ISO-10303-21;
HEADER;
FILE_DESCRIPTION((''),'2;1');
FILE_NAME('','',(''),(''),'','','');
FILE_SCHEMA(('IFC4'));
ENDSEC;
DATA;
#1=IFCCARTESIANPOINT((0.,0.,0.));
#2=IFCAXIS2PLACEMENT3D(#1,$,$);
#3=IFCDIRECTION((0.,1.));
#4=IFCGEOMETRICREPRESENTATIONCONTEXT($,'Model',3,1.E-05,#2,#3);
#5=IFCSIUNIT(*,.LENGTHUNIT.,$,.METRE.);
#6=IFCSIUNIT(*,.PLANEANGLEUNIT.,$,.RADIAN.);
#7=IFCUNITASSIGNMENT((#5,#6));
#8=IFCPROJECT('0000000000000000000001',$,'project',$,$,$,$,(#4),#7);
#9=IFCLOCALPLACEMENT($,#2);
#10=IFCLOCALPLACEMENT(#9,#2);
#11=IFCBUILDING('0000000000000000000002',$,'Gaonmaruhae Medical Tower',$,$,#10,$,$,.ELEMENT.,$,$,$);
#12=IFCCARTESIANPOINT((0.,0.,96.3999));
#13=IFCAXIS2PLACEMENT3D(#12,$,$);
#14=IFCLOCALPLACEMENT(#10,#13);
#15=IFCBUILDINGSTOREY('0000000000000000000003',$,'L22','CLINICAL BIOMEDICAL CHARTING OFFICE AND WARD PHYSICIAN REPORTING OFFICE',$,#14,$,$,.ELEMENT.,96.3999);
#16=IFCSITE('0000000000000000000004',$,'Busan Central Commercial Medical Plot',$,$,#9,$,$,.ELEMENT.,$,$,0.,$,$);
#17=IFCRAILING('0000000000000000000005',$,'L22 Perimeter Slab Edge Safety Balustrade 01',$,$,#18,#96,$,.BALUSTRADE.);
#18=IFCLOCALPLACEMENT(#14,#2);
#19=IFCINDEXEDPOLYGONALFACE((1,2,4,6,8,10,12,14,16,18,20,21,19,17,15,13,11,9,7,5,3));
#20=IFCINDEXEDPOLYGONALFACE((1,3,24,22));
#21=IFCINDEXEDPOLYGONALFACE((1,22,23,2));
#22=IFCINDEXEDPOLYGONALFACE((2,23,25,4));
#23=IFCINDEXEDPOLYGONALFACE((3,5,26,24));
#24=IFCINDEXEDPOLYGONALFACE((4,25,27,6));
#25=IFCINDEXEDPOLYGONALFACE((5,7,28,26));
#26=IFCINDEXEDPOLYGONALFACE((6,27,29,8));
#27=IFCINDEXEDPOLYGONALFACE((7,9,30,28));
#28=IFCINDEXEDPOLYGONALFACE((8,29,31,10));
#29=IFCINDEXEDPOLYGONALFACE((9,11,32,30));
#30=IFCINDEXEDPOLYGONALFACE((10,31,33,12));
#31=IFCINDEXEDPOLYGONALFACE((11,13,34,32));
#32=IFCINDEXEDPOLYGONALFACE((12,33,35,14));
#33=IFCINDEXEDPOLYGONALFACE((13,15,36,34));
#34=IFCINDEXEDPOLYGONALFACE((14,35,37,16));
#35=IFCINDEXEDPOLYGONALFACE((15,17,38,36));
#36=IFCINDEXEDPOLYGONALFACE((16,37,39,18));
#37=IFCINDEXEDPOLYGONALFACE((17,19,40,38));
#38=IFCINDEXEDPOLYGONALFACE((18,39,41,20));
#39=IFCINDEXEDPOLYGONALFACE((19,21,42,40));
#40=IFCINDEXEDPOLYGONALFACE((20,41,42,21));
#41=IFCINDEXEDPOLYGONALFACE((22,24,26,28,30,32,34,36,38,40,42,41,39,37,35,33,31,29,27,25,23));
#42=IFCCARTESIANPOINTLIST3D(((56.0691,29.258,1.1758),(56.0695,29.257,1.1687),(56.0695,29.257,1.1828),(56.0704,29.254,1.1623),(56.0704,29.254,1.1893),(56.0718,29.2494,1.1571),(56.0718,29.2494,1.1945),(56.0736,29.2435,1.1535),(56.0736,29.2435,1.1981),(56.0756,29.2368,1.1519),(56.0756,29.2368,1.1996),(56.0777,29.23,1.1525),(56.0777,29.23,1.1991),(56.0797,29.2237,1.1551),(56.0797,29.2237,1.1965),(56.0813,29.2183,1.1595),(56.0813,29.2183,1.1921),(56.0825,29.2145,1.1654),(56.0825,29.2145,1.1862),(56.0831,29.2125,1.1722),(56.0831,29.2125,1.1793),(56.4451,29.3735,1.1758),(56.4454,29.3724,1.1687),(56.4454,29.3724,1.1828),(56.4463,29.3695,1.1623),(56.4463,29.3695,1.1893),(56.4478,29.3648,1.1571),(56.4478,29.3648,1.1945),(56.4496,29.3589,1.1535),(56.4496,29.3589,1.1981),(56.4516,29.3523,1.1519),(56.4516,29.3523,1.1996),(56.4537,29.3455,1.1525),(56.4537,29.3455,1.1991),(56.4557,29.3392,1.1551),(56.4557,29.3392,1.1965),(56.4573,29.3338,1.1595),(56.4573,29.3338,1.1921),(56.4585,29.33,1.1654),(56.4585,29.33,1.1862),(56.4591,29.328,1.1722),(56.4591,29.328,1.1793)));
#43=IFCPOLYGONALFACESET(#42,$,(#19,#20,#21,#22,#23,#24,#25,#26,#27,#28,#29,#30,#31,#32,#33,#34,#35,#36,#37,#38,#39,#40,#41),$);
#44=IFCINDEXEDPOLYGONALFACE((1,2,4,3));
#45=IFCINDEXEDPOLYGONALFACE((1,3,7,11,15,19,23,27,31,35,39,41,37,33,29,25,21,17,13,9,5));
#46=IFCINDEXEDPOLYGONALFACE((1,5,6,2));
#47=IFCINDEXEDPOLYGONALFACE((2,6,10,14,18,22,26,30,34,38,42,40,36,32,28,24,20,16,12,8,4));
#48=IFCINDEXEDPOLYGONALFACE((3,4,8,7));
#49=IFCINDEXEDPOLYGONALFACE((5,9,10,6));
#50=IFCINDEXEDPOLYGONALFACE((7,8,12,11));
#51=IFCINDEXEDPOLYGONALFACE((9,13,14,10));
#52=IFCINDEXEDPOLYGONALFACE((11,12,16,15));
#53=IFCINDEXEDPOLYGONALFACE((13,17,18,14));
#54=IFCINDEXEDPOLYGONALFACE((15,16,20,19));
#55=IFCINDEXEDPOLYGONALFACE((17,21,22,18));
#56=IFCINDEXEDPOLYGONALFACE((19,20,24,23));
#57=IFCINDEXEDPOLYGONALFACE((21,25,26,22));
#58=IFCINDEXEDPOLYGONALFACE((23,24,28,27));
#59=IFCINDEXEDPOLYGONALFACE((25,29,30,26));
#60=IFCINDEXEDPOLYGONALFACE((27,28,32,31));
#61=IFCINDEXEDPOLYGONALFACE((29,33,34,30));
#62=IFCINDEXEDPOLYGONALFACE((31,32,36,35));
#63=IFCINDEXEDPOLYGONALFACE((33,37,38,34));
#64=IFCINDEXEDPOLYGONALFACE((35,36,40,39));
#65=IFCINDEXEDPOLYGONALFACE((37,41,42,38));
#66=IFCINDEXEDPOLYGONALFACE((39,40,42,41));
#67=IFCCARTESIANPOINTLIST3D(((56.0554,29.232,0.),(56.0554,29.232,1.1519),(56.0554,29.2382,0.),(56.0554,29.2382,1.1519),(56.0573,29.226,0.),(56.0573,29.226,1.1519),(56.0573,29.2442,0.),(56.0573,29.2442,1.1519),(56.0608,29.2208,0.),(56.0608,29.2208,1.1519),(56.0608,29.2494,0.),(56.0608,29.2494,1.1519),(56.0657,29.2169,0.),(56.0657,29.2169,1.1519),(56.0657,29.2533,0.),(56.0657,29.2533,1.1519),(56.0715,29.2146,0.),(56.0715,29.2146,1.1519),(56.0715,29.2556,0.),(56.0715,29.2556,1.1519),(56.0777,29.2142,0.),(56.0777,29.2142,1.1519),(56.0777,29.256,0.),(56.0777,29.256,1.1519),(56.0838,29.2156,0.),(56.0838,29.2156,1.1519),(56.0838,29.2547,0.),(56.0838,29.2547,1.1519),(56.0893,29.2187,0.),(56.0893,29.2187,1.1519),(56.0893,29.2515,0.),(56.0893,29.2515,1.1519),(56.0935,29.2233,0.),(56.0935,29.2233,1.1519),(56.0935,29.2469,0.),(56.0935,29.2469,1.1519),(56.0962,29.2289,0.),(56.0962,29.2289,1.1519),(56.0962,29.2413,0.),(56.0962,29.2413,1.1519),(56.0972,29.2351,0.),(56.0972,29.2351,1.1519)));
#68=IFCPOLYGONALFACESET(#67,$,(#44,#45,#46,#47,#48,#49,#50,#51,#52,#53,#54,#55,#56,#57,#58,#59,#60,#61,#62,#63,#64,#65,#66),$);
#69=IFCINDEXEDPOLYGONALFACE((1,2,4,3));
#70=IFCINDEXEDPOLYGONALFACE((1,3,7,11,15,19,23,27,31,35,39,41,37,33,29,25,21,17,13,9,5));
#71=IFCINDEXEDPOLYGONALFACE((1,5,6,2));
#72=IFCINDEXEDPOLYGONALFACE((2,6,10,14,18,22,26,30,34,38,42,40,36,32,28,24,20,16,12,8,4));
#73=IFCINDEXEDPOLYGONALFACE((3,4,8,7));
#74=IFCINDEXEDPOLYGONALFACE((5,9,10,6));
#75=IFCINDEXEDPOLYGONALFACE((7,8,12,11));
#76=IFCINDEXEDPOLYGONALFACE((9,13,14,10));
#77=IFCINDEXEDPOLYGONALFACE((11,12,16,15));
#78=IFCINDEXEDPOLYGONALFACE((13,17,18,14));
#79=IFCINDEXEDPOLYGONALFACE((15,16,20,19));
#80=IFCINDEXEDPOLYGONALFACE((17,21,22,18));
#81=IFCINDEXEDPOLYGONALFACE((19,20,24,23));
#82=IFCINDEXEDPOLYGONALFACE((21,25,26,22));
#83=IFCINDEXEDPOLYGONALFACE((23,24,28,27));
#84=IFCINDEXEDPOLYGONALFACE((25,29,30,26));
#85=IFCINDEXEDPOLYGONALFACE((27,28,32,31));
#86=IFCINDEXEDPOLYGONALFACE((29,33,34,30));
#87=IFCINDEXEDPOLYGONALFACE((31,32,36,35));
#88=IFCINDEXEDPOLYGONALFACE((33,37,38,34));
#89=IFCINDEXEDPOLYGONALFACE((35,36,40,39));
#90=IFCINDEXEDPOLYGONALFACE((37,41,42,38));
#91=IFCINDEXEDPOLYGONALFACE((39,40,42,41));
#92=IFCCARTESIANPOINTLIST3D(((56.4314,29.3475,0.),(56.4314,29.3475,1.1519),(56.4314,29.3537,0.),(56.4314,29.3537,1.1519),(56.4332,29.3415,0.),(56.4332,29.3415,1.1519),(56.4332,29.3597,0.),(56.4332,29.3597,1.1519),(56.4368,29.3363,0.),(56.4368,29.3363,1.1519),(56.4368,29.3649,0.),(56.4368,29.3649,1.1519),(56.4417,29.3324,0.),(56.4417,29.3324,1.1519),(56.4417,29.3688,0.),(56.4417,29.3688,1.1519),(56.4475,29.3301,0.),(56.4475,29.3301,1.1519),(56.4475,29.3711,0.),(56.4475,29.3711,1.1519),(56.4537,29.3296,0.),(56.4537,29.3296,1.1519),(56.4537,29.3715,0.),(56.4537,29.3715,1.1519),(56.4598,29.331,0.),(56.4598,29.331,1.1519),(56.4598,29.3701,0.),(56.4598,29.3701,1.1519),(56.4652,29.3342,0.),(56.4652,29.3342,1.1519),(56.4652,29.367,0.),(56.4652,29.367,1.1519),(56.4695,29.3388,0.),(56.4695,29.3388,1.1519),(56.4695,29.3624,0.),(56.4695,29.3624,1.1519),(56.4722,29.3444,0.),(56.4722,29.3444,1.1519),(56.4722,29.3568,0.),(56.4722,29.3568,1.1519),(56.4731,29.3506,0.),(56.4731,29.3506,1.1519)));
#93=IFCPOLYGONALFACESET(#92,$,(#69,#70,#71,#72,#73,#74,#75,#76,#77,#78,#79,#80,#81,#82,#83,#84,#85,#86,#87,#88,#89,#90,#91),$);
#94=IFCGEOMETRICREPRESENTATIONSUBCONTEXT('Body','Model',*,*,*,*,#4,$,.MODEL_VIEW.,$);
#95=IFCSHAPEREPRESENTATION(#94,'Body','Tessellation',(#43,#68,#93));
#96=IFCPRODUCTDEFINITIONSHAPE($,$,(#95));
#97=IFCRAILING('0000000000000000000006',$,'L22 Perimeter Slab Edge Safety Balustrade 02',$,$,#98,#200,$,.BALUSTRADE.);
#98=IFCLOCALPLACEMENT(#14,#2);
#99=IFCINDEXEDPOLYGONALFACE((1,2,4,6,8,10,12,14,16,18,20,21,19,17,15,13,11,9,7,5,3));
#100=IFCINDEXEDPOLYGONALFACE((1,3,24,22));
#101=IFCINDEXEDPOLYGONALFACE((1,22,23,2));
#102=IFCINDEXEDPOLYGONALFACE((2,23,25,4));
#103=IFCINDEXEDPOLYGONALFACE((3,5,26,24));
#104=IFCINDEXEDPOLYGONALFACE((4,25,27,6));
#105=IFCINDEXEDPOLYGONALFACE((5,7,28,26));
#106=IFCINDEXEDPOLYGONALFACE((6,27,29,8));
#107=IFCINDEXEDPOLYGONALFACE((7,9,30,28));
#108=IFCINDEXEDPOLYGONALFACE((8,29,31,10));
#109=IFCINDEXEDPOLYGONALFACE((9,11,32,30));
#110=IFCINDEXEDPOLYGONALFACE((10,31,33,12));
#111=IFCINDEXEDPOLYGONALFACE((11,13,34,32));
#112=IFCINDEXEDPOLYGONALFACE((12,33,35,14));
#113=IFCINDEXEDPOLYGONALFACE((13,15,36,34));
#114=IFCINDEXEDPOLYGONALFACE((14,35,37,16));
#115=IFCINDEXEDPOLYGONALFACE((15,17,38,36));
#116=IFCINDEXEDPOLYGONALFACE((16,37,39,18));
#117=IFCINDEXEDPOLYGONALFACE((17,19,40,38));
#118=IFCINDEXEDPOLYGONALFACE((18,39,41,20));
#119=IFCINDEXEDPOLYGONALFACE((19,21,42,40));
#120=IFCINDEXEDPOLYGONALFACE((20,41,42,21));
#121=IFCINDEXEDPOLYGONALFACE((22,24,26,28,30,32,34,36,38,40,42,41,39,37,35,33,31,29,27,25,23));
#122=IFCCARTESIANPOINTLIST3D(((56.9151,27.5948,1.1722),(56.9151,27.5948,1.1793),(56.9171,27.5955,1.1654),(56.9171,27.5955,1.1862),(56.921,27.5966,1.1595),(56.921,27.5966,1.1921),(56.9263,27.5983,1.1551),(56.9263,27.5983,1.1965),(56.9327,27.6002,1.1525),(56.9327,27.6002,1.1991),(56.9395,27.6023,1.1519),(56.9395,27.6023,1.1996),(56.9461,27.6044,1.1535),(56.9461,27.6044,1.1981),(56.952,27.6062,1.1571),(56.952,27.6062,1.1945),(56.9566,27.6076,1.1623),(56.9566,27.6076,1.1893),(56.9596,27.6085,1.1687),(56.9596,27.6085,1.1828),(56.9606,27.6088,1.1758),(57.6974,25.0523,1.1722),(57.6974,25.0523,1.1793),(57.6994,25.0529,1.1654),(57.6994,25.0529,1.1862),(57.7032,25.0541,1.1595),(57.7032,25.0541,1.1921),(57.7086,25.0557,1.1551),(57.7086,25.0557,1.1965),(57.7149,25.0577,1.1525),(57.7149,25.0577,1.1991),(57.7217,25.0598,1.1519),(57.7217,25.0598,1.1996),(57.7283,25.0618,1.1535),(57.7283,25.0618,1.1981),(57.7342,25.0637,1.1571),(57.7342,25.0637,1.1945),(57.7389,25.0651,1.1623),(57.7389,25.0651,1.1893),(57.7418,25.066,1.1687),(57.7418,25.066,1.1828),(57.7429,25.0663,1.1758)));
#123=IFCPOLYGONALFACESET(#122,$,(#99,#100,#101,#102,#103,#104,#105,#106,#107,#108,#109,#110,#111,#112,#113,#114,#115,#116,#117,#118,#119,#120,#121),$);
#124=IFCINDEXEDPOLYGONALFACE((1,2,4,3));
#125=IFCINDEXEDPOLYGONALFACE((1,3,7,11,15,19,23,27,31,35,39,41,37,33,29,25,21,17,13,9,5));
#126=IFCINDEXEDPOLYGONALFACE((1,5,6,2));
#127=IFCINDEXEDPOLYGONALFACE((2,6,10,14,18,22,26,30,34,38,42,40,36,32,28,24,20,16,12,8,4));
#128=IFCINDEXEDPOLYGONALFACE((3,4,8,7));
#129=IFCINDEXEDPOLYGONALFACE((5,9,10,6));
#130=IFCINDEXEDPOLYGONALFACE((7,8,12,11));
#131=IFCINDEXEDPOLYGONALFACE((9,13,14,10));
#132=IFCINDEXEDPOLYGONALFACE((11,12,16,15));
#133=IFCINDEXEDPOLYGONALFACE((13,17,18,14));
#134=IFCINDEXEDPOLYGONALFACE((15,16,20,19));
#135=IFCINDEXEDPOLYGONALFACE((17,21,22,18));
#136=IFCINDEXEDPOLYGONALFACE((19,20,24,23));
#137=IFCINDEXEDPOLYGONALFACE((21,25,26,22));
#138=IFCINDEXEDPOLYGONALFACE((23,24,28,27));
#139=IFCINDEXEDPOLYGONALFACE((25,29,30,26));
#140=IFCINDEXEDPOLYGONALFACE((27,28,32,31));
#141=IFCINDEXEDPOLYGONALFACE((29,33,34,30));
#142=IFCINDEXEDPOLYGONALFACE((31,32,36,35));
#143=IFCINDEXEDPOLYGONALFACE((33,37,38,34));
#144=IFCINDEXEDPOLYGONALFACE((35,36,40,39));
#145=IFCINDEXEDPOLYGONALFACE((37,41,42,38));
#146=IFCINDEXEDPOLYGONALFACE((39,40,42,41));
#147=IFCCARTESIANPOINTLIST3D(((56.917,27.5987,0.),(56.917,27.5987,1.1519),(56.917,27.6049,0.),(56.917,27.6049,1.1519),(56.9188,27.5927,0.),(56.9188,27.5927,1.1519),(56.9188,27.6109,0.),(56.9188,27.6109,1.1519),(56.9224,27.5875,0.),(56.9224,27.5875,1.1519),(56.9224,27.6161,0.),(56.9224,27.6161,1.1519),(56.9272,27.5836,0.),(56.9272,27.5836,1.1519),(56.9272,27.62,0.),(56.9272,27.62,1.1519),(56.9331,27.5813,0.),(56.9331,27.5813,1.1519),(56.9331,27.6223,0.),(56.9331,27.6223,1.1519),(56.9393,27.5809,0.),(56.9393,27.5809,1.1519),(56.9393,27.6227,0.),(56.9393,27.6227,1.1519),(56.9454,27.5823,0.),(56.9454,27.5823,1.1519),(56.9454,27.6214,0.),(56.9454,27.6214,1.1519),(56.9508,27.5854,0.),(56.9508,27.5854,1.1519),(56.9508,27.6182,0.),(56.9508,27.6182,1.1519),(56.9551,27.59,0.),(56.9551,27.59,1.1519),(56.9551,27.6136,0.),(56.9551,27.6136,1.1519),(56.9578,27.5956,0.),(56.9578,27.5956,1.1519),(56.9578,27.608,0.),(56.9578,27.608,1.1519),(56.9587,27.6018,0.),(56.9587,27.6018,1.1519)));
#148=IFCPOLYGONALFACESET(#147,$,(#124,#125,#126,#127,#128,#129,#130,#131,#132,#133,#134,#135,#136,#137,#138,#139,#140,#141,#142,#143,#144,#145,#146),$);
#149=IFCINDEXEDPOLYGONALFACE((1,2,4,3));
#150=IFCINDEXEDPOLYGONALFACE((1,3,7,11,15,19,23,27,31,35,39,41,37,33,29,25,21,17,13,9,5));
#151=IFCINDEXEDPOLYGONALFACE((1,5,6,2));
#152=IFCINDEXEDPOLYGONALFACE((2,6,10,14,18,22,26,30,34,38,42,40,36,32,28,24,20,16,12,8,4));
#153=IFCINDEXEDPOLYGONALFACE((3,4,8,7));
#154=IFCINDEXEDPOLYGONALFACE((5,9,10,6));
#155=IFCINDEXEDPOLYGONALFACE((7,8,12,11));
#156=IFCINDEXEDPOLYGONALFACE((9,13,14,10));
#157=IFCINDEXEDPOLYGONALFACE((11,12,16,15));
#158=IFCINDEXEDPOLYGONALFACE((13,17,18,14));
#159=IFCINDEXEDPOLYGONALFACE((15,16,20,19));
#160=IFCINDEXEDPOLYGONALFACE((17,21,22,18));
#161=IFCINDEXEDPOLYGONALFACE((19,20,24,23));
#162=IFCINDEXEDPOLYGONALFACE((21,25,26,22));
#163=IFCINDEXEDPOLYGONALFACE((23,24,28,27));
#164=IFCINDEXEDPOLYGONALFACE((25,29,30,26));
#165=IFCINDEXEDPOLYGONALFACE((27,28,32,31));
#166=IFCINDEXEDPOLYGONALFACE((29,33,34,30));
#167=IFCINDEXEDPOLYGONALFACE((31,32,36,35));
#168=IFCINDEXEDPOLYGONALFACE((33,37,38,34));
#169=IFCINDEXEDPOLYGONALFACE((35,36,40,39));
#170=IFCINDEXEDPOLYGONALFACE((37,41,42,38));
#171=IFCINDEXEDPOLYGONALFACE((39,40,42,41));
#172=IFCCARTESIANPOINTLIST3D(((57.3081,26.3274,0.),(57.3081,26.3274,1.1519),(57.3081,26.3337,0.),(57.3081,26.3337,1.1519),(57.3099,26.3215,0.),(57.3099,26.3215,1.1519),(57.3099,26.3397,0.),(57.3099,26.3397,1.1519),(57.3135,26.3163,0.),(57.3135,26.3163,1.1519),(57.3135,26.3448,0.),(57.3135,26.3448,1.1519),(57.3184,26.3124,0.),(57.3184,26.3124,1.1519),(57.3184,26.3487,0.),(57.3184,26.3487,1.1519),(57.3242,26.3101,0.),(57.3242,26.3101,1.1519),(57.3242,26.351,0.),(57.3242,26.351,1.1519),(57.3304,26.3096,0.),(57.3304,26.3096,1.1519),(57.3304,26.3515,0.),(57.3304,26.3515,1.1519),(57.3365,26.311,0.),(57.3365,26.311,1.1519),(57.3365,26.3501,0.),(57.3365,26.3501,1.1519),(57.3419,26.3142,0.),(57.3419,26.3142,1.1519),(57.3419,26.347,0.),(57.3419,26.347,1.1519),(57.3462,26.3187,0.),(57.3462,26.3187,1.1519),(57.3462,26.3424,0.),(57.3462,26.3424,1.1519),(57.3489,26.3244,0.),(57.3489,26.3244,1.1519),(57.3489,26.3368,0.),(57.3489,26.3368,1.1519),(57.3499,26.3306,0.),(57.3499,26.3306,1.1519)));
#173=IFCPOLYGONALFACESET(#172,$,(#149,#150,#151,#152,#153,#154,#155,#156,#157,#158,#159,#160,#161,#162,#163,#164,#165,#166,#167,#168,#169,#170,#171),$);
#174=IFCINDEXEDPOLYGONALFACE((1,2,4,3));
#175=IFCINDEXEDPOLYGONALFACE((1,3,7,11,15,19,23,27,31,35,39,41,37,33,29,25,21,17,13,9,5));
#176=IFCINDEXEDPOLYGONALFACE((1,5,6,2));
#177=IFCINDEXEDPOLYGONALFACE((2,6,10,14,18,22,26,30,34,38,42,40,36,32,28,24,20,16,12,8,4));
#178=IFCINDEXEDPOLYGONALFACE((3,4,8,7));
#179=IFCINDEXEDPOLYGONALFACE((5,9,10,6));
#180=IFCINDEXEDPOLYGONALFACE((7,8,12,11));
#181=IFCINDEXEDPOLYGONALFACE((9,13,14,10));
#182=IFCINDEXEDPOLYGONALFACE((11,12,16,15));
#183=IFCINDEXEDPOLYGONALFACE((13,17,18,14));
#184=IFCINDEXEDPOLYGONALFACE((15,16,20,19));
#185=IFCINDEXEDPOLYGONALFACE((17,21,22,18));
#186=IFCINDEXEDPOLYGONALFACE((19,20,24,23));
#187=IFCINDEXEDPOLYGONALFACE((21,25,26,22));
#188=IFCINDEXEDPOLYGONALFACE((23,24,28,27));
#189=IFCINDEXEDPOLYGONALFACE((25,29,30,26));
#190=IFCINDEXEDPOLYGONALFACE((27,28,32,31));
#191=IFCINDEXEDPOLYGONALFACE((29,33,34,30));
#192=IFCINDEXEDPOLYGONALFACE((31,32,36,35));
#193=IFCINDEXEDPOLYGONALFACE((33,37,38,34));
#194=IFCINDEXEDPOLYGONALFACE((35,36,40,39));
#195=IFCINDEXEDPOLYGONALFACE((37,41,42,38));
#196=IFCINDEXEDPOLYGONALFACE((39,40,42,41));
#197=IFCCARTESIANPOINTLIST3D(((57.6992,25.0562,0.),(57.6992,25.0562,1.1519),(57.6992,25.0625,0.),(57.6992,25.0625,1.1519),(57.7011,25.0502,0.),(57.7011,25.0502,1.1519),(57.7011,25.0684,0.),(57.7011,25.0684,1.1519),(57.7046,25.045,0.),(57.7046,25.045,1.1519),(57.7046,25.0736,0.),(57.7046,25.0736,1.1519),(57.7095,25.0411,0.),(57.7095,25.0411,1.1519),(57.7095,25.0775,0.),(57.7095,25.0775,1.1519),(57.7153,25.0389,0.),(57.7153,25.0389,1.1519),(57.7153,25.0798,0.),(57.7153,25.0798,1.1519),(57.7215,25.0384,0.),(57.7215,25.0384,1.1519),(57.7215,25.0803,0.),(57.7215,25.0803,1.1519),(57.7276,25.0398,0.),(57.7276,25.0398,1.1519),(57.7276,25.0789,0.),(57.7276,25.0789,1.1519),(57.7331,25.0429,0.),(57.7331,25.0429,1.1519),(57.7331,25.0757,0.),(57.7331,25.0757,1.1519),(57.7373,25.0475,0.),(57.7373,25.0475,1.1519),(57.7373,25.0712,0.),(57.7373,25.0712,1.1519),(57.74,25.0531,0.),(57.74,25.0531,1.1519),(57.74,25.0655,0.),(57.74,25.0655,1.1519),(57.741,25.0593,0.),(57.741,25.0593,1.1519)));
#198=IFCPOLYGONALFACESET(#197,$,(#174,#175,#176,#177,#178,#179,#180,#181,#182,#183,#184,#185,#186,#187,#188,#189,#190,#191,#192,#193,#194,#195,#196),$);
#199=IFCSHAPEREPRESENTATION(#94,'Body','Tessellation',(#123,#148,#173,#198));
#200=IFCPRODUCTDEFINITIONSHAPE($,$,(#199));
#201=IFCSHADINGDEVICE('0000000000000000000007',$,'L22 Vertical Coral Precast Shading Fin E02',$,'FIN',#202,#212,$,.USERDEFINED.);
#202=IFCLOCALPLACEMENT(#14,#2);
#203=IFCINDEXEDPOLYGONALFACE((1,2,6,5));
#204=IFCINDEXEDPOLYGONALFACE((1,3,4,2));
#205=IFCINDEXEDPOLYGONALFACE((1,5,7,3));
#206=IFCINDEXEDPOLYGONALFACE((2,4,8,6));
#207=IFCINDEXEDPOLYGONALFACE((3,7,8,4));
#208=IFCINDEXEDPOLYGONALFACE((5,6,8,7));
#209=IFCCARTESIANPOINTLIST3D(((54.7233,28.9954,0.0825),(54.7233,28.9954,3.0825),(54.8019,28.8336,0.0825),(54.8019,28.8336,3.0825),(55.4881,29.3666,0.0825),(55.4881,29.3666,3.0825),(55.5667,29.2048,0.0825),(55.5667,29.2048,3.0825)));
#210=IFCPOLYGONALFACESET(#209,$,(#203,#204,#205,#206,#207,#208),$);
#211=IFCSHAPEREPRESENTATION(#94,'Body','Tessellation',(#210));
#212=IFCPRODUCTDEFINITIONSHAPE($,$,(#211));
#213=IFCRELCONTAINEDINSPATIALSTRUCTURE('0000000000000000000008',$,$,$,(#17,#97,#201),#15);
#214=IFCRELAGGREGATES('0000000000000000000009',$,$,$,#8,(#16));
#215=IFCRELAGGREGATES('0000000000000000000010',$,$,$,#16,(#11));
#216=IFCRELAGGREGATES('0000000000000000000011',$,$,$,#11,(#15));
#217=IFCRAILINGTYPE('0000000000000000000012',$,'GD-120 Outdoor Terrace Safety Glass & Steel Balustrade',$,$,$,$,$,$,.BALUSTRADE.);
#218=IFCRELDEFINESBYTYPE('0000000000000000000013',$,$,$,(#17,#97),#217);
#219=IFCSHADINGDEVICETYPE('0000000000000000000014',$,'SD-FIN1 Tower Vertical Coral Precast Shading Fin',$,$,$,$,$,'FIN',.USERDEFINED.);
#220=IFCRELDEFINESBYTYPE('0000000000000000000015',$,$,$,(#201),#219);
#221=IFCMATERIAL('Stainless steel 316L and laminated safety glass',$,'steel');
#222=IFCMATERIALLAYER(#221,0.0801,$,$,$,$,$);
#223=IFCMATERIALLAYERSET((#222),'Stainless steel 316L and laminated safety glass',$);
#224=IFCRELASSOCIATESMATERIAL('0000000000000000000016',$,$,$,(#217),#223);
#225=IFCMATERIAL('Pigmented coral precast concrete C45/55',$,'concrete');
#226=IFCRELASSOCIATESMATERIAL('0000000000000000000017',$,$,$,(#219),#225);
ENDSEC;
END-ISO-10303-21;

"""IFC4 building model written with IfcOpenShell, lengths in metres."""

from ifc_helpers import new_model, si_unit, direction, frame, origin, origin_2d, place, context, subcontext, project, spatial, rectangle, circle, extrude, material, layer, layer_set, type_object, element, save


model = new_model("IFC4")

# Units and contexts
model_context = context("Model", 3, precision=1e-05, world=origin(), true_north=direction((0.0, 1.0)))
body_context = subcontext(model_context, "Body", "Model", "MODEL_VIEW")
ifc_project = project(units=[si_unit("LENGTHUNIT", "METRE"), si_unit("PLANEANGLEUNIT", "RADIAN")], contexts=[model_context])

# Site, building, storey
site_placement = place(None, origin())
site = spatial("IfcSite", under=ifc_project, at=site_placement, Name="Busan Central Commercial Medical Plot", CompositionType="ELEMENT", RefElevation=0.0)
building_placement = place(site_placement, origin())
building = spatial("IfcBuilding", under=site, at=building_placement, Name="Gaonmaruhae Medical Tower", CompositionType="ELEMENT")
storey_placement = place(building_placement, frame((0.0, 0.0, 96.3999)))
storey = spatial("IfcBuildingStorey", under=building, at=storey_placement, Name="L22", Description="CLINICAL BIOMEDICAL CHARTING OFFICE AND WARD PHYSICIAN REPORTING OFFICE", CompositionType="ELEMENT", Elevation=96.3999)

# Railings
ifc_material_1 = material(Name="Stainless steel 316L and laminated safety glass", Category="steel")
ifc_layer_1 = layer(ifc_material_1, 0.0801)
ifc_layer_set_1 = layer_set([ifc_layer_1], Name="Stainless steel 316L and laminated safety glass")
railing_type = type_object("IfcRailingType", Name="GD-120 Outdoor Terrace Safety Glass & Steel Balustrade", PredefinedType="BALUSTRADE", material=ifc_layer_set_1)
railing_1_placement = place(storey_placement, frame((56.0762, 29.2351, 0.0)))
element("IfcRailing", 1, at=railing_1_placement, inside=storey, type_object=railing_type, Name="L22 Perimeter Slab Edge Safety Balustrade 01", PredefinedType="BALUSTRADE", context=body_context, shape_type="SweptSolid", body=[
    extrude(circle(Radius=0.0239, at=origin_2d()), frame((0.0, 0.0, 1.1758), z_axis=(0.955927, 0.293606, 0.0), x_axis=(-0.293606, 0.955927, 0.0)), (0.0, 0.0, 1.0), 0.3933),
    extrude(circle(Radius=0.021, at=origin_2d()), origin(), (0.0, 0.0, 1.0), 1.1519),
    extrude(circle(Radius=0.021, at=origin_2d()), frame((0.376, 0.1155, 0.0)), (0.0, 0.0, 1.0), 1.1519),
])
railing_2_placement = place(storey_placement, frame((56.9377, 27.6018, 0.0)))
element("IfcRailing", 2, at=railing_2_placement, inside=storey, type_object=railing_type, Name="L22 Perimeter Slab Edge Safety Balustrade 02", PredefinedType="BALUSTRADE", context=body_context, shape_type="SweptSolid", body=[
    extrude(circle(Radius=0.0239, at=origin_2d()), frame((0.0, 0.0, 1.1758), z_axis=(0.29406, -0.955787, 0.0), x_axis=(0.955787, 0.29406, 0.0)), (0.0, 0.0, 1.0), 2.6602),
    extrude(circle(Radius=0.021, at=origin_2d()), origin(), (0.0, 0.0, 1.0), 1.1519),
    extrude(circle(Radius=0.021, at=origin_2d()), frame((0.3911, -1.2712, 0.0)), (0.0, 0.0, 1.0), 1.1519),
    extrude(circle(Radius=0.021, at=origin_2d()), frame((0.7822, -2.5425, 0.0)), (0.0, 0.0, 1.0), 1.1519),
])

# Shading device
ifc_material_2 = material(Name="Pigmented coral precast concrete C45/55", Category="concrete")
shading_device_type = type_object("IfcShadingDeviceType", Name="SD-FIN1 Tower Vertical Coral Precast Shading Fin", ElementType="FIN", PredefinedType="USERDEFINED", material=ifc_material_2)
for number, where, z_axis, x_axis, name in (
    (3, (55.145, 29.1001, 0.0825), (0.0, 0.0, 1.0), (0.43666, -0.899626, 0.0), "L22 Vertical Coral Precast Shading Fin E02"),
):
    element("IfcShadingDevice", number, at=place(storey_placement, frame(where, z_axis=z_axis, x_axis=x_axis)), inside=storey, type_object=shading_device_type, Name=name, ObjectType="FIN", PredefinedType="USERDEFINED", context=body_context, shape_type="SweptSolid", body=[
        extrude(rectangle(XDim=0.1799, YDim=0.8501, at=origin_2d()), origin(), (0.0, 0.0, 1.0), 3.0),
    ])

save(model, "model.ifc")
